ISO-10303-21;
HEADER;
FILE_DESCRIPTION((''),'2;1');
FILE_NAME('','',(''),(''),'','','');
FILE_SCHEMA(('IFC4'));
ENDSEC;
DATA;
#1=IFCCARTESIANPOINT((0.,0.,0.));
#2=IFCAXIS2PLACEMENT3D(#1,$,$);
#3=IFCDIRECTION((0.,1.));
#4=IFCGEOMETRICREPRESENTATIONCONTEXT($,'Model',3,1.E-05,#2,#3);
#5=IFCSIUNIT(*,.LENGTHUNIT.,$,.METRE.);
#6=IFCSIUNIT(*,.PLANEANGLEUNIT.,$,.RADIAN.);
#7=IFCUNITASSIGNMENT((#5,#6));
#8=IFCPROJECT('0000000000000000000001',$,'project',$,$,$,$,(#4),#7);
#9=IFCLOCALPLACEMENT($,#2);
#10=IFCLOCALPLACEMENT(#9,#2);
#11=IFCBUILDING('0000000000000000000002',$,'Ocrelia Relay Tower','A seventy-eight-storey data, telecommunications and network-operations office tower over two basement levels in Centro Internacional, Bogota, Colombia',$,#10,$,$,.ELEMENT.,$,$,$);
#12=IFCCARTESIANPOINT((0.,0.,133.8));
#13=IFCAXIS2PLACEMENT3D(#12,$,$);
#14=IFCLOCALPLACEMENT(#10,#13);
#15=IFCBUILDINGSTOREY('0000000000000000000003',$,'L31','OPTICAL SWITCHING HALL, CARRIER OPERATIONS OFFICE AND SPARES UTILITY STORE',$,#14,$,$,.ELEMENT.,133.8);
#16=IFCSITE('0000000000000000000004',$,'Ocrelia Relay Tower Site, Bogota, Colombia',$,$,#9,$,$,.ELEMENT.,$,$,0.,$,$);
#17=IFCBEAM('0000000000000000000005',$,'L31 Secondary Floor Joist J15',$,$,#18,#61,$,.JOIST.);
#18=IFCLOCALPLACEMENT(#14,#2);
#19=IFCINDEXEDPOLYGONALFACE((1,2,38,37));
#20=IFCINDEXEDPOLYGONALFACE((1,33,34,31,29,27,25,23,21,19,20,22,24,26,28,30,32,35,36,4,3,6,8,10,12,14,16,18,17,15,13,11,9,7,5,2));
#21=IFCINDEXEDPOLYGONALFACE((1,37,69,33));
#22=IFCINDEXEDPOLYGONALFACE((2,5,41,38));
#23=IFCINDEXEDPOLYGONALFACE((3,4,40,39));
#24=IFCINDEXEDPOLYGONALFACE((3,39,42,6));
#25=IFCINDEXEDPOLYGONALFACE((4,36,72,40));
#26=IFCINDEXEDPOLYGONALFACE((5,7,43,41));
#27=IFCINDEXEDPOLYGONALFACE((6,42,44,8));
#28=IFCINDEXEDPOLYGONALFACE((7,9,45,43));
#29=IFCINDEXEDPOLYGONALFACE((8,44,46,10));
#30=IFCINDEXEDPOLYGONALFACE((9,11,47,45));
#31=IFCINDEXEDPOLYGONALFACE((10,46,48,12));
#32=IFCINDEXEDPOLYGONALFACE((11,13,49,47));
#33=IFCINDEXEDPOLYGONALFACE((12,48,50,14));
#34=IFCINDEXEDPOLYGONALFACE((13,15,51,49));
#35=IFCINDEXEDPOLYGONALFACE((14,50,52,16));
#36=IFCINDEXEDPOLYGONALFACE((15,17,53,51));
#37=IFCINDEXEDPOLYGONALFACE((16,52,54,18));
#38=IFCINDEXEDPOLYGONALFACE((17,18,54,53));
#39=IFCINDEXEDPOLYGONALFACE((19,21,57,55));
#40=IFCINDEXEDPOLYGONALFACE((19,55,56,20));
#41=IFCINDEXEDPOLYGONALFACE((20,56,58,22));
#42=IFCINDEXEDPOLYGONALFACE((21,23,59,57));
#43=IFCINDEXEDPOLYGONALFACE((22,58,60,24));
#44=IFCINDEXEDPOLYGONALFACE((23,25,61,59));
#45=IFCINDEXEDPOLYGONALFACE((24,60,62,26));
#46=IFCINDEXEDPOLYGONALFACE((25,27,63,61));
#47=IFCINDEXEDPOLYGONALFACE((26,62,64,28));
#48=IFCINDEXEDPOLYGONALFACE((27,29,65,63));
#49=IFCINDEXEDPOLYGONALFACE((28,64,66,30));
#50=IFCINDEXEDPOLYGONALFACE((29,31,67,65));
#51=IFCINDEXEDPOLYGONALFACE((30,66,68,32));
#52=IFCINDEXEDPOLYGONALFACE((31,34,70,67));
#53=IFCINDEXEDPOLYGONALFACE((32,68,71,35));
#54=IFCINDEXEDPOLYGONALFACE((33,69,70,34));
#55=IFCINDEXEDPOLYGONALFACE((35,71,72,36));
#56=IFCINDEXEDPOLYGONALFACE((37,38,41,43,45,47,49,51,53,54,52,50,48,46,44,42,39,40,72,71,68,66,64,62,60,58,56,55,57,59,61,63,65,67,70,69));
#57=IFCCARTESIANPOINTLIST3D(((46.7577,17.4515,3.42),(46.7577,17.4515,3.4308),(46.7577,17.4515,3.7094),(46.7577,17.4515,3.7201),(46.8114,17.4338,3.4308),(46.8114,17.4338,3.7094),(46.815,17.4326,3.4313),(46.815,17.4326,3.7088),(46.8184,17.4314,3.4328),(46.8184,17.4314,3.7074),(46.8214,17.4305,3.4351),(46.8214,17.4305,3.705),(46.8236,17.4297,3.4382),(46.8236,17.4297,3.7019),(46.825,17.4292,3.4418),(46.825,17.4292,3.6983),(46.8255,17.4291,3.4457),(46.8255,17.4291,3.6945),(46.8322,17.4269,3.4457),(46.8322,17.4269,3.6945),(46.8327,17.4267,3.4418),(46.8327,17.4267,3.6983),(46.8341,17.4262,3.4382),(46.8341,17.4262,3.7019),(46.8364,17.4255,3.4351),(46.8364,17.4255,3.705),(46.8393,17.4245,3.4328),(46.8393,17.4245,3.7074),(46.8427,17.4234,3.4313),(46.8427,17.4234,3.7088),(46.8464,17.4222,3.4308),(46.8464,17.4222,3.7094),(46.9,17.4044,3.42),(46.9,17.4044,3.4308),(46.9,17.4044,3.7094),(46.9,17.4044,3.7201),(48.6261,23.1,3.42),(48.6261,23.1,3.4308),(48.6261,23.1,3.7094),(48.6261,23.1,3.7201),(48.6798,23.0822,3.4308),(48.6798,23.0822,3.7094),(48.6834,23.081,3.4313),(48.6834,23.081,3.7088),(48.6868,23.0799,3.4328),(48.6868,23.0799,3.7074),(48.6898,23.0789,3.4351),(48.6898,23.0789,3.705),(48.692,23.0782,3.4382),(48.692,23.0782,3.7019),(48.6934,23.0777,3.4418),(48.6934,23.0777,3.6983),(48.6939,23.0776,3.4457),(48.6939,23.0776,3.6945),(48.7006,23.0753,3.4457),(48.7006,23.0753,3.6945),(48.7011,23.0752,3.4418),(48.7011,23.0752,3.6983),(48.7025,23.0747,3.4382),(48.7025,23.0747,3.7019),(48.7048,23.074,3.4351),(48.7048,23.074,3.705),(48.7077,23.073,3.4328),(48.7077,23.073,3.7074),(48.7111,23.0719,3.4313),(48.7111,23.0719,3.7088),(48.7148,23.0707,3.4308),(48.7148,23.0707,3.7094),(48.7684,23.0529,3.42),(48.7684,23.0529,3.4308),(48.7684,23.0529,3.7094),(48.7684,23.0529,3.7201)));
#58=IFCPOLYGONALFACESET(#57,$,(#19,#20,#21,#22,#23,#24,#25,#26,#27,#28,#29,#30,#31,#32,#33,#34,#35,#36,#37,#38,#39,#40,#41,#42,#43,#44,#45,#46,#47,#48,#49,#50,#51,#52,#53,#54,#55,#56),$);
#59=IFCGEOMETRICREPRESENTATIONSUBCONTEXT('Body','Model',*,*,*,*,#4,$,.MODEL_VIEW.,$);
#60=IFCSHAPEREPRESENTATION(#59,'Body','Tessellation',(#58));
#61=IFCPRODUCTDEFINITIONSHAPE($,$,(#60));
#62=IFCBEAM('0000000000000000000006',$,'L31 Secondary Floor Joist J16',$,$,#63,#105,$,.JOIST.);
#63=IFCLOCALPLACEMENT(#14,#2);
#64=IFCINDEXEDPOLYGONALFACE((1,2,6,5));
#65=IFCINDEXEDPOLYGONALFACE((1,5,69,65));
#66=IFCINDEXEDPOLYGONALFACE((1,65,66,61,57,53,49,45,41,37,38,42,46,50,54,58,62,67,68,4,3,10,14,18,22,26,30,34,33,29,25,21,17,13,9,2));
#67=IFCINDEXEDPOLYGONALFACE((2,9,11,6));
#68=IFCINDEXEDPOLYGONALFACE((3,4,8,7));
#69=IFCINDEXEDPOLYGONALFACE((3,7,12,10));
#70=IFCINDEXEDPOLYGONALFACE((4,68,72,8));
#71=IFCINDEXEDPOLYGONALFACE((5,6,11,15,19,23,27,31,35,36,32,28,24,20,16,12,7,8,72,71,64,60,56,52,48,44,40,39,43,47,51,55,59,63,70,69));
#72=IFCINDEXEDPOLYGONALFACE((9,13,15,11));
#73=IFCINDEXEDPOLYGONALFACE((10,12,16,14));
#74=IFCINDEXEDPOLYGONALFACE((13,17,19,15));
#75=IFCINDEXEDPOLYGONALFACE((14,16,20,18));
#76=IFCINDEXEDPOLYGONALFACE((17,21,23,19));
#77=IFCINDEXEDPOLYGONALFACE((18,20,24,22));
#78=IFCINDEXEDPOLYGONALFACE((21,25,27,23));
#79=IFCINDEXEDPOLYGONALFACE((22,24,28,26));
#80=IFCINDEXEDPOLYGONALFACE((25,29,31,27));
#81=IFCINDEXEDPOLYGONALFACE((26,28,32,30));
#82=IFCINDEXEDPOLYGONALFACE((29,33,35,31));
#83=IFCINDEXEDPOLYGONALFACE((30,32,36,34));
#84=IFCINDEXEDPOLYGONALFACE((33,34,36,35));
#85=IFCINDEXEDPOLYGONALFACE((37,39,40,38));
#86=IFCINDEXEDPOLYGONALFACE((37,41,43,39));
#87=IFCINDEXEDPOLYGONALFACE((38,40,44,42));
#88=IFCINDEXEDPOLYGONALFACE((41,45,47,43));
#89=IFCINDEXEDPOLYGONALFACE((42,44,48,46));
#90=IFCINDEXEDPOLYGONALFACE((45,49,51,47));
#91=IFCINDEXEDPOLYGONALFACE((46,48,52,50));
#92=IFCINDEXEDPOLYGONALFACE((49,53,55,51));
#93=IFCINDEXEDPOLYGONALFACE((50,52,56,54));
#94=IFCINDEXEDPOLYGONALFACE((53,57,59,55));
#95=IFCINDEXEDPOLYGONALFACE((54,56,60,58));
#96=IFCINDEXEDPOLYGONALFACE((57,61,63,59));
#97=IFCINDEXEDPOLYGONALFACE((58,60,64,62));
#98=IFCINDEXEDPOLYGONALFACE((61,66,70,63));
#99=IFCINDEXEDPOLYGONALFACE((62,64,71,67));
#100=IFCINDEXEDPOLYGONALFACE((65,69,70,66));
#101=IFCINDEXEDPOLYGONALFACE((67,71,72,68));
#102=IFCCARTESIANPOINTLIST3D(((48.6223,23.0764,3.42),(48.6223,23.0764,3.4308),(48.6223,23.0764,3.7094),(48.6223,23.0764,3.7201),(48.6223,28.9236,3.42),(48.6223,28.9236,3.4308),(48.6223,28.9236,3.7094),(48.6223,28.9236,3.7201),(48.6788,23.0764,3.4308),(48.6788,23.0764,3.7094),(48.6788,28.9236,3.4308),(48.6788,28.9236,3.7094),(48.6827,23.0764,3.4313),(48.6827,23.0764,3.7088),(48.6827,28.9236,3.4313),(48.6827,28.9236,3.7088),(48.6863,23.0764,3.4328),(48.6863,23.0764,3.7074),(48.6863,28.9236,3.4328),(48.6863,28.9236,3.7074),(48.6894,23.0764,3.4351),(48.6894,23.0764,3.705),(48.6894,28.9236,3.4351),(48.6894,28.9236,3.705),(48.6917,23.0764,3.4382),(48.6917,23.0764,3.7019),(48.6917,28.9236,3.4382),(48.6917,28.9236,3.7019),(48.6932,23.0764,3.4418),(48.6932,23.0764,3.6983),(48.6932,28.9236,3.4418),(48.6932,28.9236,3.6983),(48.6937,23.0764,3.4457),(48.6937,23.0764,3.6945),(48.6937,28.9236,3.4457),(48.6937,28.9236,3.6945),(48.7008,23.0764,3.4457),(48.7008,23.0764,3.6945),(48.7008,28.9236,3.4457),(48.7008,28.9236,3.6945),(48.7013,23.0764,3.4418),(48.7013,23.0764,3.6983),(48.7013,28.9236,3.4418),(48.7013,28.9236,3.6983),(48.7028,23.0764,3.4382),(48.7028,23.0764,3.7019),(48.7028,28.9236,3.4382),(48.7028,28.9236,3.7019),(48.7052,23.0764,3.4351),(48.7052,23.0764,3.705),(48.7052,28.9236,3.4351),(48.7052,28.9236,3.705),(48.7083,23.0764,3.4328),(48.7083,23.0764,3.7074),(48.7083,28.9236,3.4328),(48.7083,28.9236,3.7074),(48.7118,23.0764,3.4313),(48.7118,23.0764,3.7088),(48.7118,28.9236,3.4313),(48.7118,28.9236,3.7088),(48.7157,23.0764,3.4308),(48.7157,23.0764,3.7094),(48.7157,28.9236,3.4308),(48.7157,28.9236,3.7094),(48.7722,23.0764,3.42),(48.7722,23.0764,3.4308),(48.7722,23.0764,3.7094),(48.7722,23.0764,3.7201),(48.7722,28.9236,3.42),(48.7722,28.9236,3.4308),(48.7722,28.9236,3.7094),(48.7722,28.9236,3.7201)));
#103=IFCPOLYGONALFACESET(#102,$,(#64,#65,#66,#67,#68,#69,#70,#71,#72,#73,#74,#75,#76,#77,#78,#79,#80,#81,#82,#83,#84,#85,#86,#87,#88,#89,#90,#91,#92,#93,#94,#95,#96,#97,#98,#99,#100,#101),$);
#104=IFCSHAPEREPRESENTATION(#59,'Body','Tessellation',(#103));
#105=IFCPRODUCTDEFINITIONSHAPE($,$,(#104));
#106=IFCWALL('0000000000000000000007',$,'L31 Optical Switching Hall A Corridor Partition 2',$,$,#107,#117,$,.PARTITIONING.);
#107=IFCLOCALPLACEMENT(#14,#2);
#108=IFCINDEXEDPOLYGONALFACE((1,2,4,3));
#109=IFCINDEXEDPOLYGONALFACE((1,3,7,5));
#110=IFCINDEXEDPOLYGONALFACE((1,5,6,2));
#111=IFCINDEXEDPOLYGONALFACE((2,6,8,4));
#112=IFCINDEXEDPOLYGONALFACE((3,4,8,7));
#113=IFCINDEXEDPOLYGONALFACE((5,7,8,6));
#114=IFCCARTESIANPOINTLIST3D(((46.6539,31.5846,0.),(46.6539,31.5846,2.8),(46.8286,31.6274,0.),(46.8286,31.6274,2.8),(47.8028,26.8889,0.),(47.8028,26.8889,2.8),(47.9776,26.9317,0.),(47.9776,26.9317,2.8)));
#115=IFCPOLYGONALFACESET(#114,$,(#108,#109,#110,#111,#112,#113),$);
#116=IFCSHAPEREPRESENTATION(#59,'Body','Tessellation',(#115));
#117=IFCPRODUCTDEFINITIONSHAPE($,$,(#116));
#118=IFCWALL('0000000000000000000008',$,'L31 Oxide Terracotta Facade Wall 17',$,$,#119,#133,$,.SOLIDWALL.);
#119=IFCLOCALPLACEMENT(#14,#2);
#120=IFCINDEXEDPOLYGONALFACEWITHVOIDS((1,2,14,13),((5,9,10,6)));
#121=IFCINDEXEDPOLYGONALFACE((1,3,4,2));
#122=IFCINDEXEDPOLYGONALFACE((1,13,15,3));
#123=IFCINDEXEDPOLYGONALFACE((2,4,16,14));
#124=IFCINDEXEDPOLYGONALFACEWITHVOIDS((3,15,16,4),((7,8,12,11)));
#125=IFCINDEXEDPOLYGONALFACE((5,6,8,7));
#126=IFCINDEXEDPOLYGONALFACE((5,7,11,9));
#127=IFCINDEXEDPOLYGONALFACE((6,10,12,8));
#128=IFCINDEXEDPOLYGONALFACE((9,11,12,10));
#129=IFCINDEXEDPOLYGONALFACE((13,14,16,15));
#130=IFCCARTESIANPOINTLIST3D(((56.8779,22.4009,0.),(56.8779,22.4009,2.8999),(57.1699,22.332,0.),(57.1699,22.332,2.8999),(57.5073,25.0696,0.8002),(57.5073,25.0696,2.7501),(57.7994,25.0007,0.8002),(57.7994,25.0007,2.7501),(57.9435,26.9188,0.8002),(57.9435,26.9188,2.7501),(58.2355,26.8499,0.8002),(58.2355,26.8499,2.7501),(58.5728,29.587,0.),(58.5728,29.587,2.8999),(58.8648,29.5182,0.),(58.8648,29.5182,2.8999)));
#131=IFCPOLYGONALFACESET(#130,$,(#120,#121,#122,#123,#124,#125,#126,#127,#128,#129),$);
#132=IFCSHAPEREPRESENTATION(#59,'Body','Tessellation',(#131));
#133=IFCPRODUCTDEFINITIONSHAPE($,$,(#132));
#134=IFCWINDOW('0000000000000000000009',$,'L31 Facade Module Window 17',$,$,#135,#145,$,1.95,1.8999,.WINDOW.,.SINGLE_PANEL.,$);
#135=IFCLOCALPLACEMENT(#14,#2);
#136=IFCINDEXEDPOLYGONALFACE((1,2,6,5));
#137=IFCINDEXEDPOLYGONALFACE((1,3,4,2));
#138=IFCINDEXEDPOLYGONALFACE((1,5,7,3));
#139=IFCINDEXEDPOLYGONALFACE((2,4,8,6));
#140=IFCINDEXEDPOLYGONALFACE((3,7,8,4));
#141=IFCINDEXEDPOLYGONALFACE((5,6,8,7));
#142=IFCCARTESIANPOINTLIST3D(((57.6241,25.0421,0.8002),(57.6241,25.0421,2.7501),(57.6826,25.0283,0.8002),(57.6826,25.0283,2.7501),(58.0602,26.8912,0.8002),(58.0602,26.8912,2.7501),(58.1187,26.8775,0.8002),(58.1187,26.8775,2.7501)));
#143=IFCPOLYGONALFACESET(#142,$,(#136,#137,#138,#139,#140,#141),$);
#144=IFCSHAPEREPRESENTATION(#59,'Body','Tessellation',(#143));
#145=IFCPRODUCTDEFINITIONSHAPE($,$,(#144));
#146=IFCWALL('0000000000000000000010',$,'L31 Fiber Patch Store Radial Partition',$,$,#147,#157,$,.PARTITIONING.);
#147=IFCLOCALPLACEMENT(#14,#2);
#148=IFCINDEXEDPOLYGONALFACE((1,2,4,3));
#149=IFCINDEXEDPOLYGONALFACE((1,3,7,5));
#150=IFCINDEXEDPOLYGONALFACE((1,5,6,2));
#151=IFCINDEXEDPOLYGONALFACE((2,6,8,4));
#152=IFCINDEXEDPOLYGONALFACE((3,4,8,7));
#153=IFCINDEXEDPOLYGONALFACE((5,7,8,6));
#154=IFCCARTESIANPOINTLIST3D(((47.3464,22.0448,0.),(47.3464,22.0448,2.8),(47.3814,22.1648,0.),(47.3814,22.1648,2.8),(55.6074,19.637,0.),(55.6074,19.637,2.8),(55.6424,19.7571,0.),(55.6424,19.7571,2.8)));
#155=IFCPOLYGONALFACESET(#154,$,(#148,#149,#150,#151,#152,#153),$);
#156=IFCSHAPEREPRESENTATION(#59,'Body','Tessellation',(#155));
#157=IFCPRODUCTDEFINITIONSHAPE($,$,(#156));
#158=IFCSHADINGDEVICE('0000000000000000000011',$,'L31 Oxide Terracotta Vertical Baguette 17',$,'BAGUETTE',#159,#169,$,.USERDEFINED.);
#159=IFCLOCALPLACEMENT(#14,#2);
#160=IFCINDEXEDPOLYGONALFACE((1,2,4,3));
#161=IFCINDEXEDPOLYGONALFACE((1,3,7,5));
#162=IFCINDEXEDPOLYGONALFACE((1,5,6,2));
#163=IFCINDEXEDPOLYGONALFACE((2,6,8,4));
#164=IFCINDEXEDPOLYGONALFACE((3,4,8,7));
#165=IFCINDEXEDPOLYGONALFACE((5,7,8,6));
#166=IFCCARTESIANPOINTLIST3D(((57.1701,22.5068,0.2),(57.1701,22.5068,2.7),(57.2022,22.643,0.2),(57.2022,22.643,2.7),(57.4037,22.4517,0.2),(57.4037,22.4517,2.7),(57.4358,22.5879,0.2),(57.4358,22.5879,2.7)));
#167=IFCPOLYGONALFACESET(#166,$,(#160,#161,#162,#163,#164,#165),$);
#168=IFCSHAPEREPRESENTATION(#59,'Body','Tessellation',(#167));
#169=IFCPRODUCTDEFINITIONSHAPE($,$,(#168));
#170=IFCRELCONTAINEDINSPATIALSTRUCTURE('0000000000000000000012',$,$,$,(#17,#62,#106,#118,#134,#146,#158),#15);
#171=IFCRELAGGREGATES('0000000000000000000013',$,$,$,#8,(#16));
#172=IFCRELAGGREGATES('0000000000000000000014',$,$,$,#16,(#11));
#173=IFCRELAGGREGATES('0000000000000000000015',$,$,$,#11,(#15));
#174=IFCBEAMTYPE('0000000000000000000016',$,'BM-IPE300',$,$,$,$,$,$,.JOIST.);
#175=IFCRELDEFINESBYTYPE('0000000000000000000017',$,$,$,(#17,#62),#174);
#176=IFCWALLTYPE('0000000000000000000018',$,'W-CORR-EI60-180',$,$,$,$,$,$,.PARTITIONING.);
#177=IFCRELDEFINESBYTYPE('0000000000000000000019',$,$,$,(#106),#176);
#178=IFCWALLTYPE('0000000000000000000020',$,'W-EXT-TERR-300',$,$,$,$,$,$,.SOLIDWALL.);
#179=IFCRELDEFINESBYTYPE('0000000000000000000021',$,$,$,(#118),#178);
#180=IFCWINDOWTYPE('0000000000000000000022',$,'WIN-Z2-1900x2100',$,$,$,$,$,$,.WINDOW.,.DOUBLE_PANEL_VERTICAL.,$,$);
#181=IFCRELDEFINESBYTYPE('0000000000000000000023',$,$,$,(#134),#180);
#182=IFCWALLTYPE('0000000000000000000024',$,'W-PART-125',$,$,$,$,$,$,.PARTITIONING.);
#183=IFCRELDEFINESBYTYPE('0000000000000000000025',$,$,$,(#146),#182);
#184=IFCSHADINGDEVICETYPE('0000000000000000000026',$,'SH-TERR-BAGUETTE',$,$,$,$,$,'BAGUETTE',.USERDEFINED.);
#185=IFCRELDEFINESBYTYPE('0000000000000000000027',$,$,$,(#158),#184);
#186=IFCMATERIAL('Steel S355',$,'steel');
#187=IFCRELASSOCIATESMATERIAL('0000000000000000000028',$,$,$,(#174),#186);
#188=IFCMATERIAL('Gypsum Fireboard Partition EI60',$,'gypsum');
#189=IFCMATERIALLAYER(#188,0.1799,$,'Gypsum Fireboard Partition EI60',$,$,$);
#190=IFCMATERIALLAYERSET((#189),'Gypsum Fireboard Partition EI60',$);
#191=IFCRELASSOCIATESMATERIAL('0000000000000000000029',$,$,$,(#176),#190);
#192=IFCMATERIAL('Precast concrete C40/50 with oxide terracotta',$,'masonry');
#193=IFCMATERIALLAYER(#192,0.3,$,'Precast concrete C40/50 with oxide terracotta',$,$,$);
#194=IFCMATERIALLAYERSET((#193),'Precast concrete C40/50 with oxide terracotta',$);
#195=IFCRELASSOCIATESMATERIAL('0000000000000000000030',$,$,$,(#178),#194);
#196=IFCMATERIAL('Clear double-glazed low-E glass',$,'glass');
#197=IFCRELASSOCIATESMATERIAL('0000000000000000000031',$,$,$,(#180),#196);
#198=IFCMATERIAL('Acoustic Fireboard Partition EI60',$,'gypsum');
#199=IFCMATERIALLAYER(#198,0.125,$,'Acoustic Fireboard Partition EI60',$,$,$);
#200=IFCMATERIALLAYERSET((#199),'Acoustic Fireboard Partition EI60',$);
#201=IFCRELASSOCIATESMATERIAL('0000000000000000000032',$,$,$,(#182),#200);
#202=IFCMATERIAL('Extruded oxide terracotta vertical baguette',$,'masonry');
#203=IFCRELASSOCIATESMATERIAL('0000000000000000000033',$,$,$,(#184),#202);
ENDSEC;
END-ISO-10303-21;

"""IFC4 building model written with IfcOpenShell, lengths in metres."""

from ifc_helpers import new_model, si_unit, direction, frame, frame_2d, origin, origin_2d, place, context, subcontext, project, spatial, rectangle, i_section, extrude, material, layer, layer_set, material_profile, profile_set, type_object, element, fill, save


model = new_model("IFC4")

# Units and contexts
model_context = context("Model", 3, precision=1e-05, world=origin(), true_north=direction((0.0, 1.0)))
body_context = subcontext(model_context, "Body", "Model", "MODEL_VIEW")
ifc_project = project(units=[si_unit("LENGTHUNIT", "METRE"), si_unit("PLANEANGLEUNIT", "RADIAN")], contexts=[model_context])

# Site, building, storey
site_placement = place(None, origin())
site = spatial("IfcSite", under=ifc_project, at=site_placement, Name="Ocrelia Relay Tower Site, Bogota, Colombia", CompositionType="ELEMENT", RefElevation=0.0)
building_placement = place(site_placement, origin())
building = spatial("IfcBuilding", under=site, at=building_placement, Name="Ocrelia Relay Tower", Description="A seventy-eight-storey data, telecommunications and network-operations office tower over two basement levels in Centro Internacional, Bogota, Colombia", CompositionType="ELEMENT")
storey_placement = place(building_placement, frame((0.0, 0.0, 133.8)))
storey = spatial("IfcBuildingStorey", under=building, at=storey_placement, Name="L31", Description="OPTICAL SWITCHING HALL, CARRIER OPERATIONS OFFICE AND SPARES UTILITY STORE", CompositionType="ELEMENT", Elevation=133.8)

# Beams
ifc_material_1 = material(Name="Steel S355", Category="steel")
ifc_material_profile_1 = material_profile(ifc_material_1, i_section(OverallWidth=0.1499, OverallDepth=0.3, WebThickness=0.0071, FlangeThickness=0.0107, FilletRadius=0.0149, at=origin_2d()), Name="IPE 300")
ifc_profile_set_1 = profile_set([ifc_material_profile_1], Name="Steel S355")
beam_type_1 = type_object("IfcBeamType", Name="BM-IPE300", PredefinedType="JOIST", material=ifc_profile_set_1)
beam_1_placement = place(storey_placement, frame((46.8289, 17.428, 3.5701), z_axis=(0.314048, 0.949407, 0.0), x_axis=(-0.949407, 0.314048, 0.0)))
element("IfcBeam", 1, at=beam_1_placement, inside=storey, type_object=beam_type_1, Name="L31 Secondary Floor Joist J15", PredefinedType="JOIST", context=body_context, shape_type="SweptSolid", body=[
    extrude(i_section(OverallWidth=0.1499, OverallDepth=0.3, WebThickness=0.0071, FlangeThickness=0.0107, FilletRadius=0.0149, at=origin_2d()), origin(), (0.0, 0.0, 1.0), 5.9495),
])
beam_2_placement = place(storey_placement, frame((48.6973, 23.0764, 3.5701), z_axis=(0.0, 1.0, 0.0), x_axis=(-1.0, 0.0, 0.0)))
element("IfcBeam", 2, at=beam_2_placement, inside=storey, type_object=beam_type_1, Name="L31 Secondary Floor Joist J16", PredefinedType="JOIST", context=body_context, shape_type="SweptSolid", body=[
    extrude(i_section(OverallWidth=0.1499, OverallDepth=0.3, WebThickness=0.0071, FlangeThickness=0.0107, FilletRadius=0.0149, at=origin_2d()), origin(), (0.0, 0.0, 1.0), 5.8472),
])

# Shared definitions
ifc_material_2 = material(Name="Gypsum Fireboard Partition EI60", Category="gypsum")
ifc_layer_1 = layer(ifc_material_2, 0.1799, Name="Gypsum Fireboard Partition EI60")
ifc_layer_set_1 = layer_set([ifc_layer_1], Name="Gypsum Fireboard Partition EI60")
wall_type_1 = type_object("IfcWallType", Name="W-CORR-EI60-180", PredefinedType="PARTITIONING", material=ifc_layer_set_1)

# Wall
wall_1_placement = place(storey_placement, frame((47.8901, 26.9104, 0.0), z_axis=(0.0, 0.0, 1.0), x_axis=(-0.237661, 0.971348, 0.0)))
element("IfcWall", 3, at=wall_1_placement, inside=storey, type_object=wall_type_1, Name="L31 Optical Switching Hall A Corridor Partition 2", PredefinedType="PARTITIONING", context=body_context, shape_type="SweptSolid", body=[
    extrude(rectangle(XDim=4.8342, YDim=0.1799, at=frame_2d((2.417, 0.0))), origin(), (0.0, 0.0, 1.0), 2.8),
])

# Wall, opening, window
ifc_material_3 = material(Name="Precast concrete C40/50 with oxide terracotta", Category="masonry")
ifc_layer_2 = layer(ifc_material_3, 0.3, Name="Precast concrete C40/50 with oxide terracotta")
ifc_layer_set_2 = layer_set([ifc_layer_2], Name="Precast concrete C40/50 with oxide terracotta")
wall_type_2 = type_object("IfcWallType", Name="W-EXT-TERR-300", PredefinedType="SOLIDWALL", material=ifc_layer_set_2)
wall_2_placement = place(storey_placement, frame((57.0239, 22.3665, 0.0), z_axis=(0.0, 0.0, 1.0), x_axis=(0.229552, 0.973296, 0.0)))
wall_2 = element("IfcWall", 4, at=wall_2_placement, inside=storey, type_object=wall_type_2, Name="L31 Oxide Terracotta Facade Wall 17", PredefinedType="SOLIDWALL", context=body_context, shape_type="SweptSolid", body=[
    extrude(rectangle(XDim=7.3833, YDim=0.3, at=frame_2d((3.6917, 0.0))), origin(), (0.0, 0.0, 1.0), 2.8999),
])
opening_1_placement = place(wall_2_placement, frame((2.7419, 0.0, 0.8)))
opening_1 = element("IfcOpeningElement", 5, at=opening_1_placement, cuts=wall_2, PredefinedType="OPENING", context=body_context, shape_type="SweptSolid", body=[
    extrude(rectangle(XDim=1.8999, YDim=1.95, at=frame_2d((0.95, 0.9751))), frame((0.0, 0.1602, 0.0), z_axis=(0.0, -1.0, 0.0), x_axis=(1.0, 0.0, 0.0)), (0.0, 0.0, 1.0), 0.3201),
])
ifc_material_4 = material(Name="Clear double-glazed low-E glass", Category="glass")
window_type = type_object("IfcWindowType", Name="WIN-Z2-1900x2100", PartitioningType="DOUBLE_PANEL_VERTICAL", PredefinedType="WINDOW", material=ifc_material_4)
window_placement = place(opening_1_placement, origin())
window = element("IfcWindow", 6, at=window_placement, inside=storey, type_object=window_type, Name="L31 Facade Module Window 17", OverallHeight=1.95, OverallWidth=1.8999, PartitioningType="SINGLE_PANEL", PredefinedType="WINDOW", context=body_context, shape_type="SweptSolid", body=[
    extrude(rectangle(XDim=1.8999, YDim=1.95, at=frame_2d((0.95, 0.9751))), frame((0.0, 0.03, 0.0), z_axis=(0.0, -1.0, 0.0), x_axis=(1.0, 0.0, 0.0)), (0.0, 0.0, 1.0), 0.0601),
])
fill(opening_1, window)

# Wall
ifc_material_5 = material(Name="Acoustic Fireboard Partition EI60", Category="gypsum")
ifc_layer_3 = layer(ifc_material_5, 0.125, Name="Acoustic Fireboard Partition EI60")
ifc_layer_set_3 = layer_set([ifc_layer_3], Name="Acoustic Fireboard Partition EI60")
wall_type_3 = type_object("IfcWallType", Name="W-PART-125", PredefinedType="PARTITIONING", material=ifc_layer_set_3)
wall_3_placement = place(storey_placement, frame((47.364, 22.1047, 0.0), z_axis=(0.0, 0.0, 1.0), x_axis=(0.960054, -0.279814, 0.0)))
element("IfcWall", 7, at=wall_3_placement, inside=storey, type_object=wall_type_3, Name="L31 Fiber Patch Store Radial Partition", PredefinedType="PARTITIONING", context=body_context, shape_type="SweptSolid", body=[
    extrude(rectangle(XDim=8.6047, YDim=0.125, at=frame_2d((4.3022, 0.0))), origin(), (0.0, 0.0, 1.0), 2.8),
])

# Shading device
ifc_material_6 = material(Name="Extruded oxide terracotta vertical baguette", Category="masonry")
shading_device_type_1 = type_object("IfcShadingDeviceType", Name="SH-TERR-BAGUETTE", ElementType="BAGUETTE", PredefinedType="USERDEFINED", material=ifc_material_6)
shading_device_1_placement = place(storey_placement, frame((57.303, 22.5474, 0.2), z_axis=(0.0, 0.0, 1.0), x_axis=(0.229534, 0.973301, 0.0)))
element("IfcShadingDevice", 8, at=shading_device_1_placement, inside=storey, type_object=shading_device_type_1, Name="L31 Oxide Terracotta Vertical Baguette 17", ObjectType="BAGUETTE", PredefinedType="USERDEFINED", context=body_context, shape_type="SweptSolid", body=[
    extrude(rectangle(XDim=0.1399, YDim=0.24, at=origin_2d()), origin(), (0.0, 0.0, 1.0), 2.5),
])

save(model, "model.ifc")
